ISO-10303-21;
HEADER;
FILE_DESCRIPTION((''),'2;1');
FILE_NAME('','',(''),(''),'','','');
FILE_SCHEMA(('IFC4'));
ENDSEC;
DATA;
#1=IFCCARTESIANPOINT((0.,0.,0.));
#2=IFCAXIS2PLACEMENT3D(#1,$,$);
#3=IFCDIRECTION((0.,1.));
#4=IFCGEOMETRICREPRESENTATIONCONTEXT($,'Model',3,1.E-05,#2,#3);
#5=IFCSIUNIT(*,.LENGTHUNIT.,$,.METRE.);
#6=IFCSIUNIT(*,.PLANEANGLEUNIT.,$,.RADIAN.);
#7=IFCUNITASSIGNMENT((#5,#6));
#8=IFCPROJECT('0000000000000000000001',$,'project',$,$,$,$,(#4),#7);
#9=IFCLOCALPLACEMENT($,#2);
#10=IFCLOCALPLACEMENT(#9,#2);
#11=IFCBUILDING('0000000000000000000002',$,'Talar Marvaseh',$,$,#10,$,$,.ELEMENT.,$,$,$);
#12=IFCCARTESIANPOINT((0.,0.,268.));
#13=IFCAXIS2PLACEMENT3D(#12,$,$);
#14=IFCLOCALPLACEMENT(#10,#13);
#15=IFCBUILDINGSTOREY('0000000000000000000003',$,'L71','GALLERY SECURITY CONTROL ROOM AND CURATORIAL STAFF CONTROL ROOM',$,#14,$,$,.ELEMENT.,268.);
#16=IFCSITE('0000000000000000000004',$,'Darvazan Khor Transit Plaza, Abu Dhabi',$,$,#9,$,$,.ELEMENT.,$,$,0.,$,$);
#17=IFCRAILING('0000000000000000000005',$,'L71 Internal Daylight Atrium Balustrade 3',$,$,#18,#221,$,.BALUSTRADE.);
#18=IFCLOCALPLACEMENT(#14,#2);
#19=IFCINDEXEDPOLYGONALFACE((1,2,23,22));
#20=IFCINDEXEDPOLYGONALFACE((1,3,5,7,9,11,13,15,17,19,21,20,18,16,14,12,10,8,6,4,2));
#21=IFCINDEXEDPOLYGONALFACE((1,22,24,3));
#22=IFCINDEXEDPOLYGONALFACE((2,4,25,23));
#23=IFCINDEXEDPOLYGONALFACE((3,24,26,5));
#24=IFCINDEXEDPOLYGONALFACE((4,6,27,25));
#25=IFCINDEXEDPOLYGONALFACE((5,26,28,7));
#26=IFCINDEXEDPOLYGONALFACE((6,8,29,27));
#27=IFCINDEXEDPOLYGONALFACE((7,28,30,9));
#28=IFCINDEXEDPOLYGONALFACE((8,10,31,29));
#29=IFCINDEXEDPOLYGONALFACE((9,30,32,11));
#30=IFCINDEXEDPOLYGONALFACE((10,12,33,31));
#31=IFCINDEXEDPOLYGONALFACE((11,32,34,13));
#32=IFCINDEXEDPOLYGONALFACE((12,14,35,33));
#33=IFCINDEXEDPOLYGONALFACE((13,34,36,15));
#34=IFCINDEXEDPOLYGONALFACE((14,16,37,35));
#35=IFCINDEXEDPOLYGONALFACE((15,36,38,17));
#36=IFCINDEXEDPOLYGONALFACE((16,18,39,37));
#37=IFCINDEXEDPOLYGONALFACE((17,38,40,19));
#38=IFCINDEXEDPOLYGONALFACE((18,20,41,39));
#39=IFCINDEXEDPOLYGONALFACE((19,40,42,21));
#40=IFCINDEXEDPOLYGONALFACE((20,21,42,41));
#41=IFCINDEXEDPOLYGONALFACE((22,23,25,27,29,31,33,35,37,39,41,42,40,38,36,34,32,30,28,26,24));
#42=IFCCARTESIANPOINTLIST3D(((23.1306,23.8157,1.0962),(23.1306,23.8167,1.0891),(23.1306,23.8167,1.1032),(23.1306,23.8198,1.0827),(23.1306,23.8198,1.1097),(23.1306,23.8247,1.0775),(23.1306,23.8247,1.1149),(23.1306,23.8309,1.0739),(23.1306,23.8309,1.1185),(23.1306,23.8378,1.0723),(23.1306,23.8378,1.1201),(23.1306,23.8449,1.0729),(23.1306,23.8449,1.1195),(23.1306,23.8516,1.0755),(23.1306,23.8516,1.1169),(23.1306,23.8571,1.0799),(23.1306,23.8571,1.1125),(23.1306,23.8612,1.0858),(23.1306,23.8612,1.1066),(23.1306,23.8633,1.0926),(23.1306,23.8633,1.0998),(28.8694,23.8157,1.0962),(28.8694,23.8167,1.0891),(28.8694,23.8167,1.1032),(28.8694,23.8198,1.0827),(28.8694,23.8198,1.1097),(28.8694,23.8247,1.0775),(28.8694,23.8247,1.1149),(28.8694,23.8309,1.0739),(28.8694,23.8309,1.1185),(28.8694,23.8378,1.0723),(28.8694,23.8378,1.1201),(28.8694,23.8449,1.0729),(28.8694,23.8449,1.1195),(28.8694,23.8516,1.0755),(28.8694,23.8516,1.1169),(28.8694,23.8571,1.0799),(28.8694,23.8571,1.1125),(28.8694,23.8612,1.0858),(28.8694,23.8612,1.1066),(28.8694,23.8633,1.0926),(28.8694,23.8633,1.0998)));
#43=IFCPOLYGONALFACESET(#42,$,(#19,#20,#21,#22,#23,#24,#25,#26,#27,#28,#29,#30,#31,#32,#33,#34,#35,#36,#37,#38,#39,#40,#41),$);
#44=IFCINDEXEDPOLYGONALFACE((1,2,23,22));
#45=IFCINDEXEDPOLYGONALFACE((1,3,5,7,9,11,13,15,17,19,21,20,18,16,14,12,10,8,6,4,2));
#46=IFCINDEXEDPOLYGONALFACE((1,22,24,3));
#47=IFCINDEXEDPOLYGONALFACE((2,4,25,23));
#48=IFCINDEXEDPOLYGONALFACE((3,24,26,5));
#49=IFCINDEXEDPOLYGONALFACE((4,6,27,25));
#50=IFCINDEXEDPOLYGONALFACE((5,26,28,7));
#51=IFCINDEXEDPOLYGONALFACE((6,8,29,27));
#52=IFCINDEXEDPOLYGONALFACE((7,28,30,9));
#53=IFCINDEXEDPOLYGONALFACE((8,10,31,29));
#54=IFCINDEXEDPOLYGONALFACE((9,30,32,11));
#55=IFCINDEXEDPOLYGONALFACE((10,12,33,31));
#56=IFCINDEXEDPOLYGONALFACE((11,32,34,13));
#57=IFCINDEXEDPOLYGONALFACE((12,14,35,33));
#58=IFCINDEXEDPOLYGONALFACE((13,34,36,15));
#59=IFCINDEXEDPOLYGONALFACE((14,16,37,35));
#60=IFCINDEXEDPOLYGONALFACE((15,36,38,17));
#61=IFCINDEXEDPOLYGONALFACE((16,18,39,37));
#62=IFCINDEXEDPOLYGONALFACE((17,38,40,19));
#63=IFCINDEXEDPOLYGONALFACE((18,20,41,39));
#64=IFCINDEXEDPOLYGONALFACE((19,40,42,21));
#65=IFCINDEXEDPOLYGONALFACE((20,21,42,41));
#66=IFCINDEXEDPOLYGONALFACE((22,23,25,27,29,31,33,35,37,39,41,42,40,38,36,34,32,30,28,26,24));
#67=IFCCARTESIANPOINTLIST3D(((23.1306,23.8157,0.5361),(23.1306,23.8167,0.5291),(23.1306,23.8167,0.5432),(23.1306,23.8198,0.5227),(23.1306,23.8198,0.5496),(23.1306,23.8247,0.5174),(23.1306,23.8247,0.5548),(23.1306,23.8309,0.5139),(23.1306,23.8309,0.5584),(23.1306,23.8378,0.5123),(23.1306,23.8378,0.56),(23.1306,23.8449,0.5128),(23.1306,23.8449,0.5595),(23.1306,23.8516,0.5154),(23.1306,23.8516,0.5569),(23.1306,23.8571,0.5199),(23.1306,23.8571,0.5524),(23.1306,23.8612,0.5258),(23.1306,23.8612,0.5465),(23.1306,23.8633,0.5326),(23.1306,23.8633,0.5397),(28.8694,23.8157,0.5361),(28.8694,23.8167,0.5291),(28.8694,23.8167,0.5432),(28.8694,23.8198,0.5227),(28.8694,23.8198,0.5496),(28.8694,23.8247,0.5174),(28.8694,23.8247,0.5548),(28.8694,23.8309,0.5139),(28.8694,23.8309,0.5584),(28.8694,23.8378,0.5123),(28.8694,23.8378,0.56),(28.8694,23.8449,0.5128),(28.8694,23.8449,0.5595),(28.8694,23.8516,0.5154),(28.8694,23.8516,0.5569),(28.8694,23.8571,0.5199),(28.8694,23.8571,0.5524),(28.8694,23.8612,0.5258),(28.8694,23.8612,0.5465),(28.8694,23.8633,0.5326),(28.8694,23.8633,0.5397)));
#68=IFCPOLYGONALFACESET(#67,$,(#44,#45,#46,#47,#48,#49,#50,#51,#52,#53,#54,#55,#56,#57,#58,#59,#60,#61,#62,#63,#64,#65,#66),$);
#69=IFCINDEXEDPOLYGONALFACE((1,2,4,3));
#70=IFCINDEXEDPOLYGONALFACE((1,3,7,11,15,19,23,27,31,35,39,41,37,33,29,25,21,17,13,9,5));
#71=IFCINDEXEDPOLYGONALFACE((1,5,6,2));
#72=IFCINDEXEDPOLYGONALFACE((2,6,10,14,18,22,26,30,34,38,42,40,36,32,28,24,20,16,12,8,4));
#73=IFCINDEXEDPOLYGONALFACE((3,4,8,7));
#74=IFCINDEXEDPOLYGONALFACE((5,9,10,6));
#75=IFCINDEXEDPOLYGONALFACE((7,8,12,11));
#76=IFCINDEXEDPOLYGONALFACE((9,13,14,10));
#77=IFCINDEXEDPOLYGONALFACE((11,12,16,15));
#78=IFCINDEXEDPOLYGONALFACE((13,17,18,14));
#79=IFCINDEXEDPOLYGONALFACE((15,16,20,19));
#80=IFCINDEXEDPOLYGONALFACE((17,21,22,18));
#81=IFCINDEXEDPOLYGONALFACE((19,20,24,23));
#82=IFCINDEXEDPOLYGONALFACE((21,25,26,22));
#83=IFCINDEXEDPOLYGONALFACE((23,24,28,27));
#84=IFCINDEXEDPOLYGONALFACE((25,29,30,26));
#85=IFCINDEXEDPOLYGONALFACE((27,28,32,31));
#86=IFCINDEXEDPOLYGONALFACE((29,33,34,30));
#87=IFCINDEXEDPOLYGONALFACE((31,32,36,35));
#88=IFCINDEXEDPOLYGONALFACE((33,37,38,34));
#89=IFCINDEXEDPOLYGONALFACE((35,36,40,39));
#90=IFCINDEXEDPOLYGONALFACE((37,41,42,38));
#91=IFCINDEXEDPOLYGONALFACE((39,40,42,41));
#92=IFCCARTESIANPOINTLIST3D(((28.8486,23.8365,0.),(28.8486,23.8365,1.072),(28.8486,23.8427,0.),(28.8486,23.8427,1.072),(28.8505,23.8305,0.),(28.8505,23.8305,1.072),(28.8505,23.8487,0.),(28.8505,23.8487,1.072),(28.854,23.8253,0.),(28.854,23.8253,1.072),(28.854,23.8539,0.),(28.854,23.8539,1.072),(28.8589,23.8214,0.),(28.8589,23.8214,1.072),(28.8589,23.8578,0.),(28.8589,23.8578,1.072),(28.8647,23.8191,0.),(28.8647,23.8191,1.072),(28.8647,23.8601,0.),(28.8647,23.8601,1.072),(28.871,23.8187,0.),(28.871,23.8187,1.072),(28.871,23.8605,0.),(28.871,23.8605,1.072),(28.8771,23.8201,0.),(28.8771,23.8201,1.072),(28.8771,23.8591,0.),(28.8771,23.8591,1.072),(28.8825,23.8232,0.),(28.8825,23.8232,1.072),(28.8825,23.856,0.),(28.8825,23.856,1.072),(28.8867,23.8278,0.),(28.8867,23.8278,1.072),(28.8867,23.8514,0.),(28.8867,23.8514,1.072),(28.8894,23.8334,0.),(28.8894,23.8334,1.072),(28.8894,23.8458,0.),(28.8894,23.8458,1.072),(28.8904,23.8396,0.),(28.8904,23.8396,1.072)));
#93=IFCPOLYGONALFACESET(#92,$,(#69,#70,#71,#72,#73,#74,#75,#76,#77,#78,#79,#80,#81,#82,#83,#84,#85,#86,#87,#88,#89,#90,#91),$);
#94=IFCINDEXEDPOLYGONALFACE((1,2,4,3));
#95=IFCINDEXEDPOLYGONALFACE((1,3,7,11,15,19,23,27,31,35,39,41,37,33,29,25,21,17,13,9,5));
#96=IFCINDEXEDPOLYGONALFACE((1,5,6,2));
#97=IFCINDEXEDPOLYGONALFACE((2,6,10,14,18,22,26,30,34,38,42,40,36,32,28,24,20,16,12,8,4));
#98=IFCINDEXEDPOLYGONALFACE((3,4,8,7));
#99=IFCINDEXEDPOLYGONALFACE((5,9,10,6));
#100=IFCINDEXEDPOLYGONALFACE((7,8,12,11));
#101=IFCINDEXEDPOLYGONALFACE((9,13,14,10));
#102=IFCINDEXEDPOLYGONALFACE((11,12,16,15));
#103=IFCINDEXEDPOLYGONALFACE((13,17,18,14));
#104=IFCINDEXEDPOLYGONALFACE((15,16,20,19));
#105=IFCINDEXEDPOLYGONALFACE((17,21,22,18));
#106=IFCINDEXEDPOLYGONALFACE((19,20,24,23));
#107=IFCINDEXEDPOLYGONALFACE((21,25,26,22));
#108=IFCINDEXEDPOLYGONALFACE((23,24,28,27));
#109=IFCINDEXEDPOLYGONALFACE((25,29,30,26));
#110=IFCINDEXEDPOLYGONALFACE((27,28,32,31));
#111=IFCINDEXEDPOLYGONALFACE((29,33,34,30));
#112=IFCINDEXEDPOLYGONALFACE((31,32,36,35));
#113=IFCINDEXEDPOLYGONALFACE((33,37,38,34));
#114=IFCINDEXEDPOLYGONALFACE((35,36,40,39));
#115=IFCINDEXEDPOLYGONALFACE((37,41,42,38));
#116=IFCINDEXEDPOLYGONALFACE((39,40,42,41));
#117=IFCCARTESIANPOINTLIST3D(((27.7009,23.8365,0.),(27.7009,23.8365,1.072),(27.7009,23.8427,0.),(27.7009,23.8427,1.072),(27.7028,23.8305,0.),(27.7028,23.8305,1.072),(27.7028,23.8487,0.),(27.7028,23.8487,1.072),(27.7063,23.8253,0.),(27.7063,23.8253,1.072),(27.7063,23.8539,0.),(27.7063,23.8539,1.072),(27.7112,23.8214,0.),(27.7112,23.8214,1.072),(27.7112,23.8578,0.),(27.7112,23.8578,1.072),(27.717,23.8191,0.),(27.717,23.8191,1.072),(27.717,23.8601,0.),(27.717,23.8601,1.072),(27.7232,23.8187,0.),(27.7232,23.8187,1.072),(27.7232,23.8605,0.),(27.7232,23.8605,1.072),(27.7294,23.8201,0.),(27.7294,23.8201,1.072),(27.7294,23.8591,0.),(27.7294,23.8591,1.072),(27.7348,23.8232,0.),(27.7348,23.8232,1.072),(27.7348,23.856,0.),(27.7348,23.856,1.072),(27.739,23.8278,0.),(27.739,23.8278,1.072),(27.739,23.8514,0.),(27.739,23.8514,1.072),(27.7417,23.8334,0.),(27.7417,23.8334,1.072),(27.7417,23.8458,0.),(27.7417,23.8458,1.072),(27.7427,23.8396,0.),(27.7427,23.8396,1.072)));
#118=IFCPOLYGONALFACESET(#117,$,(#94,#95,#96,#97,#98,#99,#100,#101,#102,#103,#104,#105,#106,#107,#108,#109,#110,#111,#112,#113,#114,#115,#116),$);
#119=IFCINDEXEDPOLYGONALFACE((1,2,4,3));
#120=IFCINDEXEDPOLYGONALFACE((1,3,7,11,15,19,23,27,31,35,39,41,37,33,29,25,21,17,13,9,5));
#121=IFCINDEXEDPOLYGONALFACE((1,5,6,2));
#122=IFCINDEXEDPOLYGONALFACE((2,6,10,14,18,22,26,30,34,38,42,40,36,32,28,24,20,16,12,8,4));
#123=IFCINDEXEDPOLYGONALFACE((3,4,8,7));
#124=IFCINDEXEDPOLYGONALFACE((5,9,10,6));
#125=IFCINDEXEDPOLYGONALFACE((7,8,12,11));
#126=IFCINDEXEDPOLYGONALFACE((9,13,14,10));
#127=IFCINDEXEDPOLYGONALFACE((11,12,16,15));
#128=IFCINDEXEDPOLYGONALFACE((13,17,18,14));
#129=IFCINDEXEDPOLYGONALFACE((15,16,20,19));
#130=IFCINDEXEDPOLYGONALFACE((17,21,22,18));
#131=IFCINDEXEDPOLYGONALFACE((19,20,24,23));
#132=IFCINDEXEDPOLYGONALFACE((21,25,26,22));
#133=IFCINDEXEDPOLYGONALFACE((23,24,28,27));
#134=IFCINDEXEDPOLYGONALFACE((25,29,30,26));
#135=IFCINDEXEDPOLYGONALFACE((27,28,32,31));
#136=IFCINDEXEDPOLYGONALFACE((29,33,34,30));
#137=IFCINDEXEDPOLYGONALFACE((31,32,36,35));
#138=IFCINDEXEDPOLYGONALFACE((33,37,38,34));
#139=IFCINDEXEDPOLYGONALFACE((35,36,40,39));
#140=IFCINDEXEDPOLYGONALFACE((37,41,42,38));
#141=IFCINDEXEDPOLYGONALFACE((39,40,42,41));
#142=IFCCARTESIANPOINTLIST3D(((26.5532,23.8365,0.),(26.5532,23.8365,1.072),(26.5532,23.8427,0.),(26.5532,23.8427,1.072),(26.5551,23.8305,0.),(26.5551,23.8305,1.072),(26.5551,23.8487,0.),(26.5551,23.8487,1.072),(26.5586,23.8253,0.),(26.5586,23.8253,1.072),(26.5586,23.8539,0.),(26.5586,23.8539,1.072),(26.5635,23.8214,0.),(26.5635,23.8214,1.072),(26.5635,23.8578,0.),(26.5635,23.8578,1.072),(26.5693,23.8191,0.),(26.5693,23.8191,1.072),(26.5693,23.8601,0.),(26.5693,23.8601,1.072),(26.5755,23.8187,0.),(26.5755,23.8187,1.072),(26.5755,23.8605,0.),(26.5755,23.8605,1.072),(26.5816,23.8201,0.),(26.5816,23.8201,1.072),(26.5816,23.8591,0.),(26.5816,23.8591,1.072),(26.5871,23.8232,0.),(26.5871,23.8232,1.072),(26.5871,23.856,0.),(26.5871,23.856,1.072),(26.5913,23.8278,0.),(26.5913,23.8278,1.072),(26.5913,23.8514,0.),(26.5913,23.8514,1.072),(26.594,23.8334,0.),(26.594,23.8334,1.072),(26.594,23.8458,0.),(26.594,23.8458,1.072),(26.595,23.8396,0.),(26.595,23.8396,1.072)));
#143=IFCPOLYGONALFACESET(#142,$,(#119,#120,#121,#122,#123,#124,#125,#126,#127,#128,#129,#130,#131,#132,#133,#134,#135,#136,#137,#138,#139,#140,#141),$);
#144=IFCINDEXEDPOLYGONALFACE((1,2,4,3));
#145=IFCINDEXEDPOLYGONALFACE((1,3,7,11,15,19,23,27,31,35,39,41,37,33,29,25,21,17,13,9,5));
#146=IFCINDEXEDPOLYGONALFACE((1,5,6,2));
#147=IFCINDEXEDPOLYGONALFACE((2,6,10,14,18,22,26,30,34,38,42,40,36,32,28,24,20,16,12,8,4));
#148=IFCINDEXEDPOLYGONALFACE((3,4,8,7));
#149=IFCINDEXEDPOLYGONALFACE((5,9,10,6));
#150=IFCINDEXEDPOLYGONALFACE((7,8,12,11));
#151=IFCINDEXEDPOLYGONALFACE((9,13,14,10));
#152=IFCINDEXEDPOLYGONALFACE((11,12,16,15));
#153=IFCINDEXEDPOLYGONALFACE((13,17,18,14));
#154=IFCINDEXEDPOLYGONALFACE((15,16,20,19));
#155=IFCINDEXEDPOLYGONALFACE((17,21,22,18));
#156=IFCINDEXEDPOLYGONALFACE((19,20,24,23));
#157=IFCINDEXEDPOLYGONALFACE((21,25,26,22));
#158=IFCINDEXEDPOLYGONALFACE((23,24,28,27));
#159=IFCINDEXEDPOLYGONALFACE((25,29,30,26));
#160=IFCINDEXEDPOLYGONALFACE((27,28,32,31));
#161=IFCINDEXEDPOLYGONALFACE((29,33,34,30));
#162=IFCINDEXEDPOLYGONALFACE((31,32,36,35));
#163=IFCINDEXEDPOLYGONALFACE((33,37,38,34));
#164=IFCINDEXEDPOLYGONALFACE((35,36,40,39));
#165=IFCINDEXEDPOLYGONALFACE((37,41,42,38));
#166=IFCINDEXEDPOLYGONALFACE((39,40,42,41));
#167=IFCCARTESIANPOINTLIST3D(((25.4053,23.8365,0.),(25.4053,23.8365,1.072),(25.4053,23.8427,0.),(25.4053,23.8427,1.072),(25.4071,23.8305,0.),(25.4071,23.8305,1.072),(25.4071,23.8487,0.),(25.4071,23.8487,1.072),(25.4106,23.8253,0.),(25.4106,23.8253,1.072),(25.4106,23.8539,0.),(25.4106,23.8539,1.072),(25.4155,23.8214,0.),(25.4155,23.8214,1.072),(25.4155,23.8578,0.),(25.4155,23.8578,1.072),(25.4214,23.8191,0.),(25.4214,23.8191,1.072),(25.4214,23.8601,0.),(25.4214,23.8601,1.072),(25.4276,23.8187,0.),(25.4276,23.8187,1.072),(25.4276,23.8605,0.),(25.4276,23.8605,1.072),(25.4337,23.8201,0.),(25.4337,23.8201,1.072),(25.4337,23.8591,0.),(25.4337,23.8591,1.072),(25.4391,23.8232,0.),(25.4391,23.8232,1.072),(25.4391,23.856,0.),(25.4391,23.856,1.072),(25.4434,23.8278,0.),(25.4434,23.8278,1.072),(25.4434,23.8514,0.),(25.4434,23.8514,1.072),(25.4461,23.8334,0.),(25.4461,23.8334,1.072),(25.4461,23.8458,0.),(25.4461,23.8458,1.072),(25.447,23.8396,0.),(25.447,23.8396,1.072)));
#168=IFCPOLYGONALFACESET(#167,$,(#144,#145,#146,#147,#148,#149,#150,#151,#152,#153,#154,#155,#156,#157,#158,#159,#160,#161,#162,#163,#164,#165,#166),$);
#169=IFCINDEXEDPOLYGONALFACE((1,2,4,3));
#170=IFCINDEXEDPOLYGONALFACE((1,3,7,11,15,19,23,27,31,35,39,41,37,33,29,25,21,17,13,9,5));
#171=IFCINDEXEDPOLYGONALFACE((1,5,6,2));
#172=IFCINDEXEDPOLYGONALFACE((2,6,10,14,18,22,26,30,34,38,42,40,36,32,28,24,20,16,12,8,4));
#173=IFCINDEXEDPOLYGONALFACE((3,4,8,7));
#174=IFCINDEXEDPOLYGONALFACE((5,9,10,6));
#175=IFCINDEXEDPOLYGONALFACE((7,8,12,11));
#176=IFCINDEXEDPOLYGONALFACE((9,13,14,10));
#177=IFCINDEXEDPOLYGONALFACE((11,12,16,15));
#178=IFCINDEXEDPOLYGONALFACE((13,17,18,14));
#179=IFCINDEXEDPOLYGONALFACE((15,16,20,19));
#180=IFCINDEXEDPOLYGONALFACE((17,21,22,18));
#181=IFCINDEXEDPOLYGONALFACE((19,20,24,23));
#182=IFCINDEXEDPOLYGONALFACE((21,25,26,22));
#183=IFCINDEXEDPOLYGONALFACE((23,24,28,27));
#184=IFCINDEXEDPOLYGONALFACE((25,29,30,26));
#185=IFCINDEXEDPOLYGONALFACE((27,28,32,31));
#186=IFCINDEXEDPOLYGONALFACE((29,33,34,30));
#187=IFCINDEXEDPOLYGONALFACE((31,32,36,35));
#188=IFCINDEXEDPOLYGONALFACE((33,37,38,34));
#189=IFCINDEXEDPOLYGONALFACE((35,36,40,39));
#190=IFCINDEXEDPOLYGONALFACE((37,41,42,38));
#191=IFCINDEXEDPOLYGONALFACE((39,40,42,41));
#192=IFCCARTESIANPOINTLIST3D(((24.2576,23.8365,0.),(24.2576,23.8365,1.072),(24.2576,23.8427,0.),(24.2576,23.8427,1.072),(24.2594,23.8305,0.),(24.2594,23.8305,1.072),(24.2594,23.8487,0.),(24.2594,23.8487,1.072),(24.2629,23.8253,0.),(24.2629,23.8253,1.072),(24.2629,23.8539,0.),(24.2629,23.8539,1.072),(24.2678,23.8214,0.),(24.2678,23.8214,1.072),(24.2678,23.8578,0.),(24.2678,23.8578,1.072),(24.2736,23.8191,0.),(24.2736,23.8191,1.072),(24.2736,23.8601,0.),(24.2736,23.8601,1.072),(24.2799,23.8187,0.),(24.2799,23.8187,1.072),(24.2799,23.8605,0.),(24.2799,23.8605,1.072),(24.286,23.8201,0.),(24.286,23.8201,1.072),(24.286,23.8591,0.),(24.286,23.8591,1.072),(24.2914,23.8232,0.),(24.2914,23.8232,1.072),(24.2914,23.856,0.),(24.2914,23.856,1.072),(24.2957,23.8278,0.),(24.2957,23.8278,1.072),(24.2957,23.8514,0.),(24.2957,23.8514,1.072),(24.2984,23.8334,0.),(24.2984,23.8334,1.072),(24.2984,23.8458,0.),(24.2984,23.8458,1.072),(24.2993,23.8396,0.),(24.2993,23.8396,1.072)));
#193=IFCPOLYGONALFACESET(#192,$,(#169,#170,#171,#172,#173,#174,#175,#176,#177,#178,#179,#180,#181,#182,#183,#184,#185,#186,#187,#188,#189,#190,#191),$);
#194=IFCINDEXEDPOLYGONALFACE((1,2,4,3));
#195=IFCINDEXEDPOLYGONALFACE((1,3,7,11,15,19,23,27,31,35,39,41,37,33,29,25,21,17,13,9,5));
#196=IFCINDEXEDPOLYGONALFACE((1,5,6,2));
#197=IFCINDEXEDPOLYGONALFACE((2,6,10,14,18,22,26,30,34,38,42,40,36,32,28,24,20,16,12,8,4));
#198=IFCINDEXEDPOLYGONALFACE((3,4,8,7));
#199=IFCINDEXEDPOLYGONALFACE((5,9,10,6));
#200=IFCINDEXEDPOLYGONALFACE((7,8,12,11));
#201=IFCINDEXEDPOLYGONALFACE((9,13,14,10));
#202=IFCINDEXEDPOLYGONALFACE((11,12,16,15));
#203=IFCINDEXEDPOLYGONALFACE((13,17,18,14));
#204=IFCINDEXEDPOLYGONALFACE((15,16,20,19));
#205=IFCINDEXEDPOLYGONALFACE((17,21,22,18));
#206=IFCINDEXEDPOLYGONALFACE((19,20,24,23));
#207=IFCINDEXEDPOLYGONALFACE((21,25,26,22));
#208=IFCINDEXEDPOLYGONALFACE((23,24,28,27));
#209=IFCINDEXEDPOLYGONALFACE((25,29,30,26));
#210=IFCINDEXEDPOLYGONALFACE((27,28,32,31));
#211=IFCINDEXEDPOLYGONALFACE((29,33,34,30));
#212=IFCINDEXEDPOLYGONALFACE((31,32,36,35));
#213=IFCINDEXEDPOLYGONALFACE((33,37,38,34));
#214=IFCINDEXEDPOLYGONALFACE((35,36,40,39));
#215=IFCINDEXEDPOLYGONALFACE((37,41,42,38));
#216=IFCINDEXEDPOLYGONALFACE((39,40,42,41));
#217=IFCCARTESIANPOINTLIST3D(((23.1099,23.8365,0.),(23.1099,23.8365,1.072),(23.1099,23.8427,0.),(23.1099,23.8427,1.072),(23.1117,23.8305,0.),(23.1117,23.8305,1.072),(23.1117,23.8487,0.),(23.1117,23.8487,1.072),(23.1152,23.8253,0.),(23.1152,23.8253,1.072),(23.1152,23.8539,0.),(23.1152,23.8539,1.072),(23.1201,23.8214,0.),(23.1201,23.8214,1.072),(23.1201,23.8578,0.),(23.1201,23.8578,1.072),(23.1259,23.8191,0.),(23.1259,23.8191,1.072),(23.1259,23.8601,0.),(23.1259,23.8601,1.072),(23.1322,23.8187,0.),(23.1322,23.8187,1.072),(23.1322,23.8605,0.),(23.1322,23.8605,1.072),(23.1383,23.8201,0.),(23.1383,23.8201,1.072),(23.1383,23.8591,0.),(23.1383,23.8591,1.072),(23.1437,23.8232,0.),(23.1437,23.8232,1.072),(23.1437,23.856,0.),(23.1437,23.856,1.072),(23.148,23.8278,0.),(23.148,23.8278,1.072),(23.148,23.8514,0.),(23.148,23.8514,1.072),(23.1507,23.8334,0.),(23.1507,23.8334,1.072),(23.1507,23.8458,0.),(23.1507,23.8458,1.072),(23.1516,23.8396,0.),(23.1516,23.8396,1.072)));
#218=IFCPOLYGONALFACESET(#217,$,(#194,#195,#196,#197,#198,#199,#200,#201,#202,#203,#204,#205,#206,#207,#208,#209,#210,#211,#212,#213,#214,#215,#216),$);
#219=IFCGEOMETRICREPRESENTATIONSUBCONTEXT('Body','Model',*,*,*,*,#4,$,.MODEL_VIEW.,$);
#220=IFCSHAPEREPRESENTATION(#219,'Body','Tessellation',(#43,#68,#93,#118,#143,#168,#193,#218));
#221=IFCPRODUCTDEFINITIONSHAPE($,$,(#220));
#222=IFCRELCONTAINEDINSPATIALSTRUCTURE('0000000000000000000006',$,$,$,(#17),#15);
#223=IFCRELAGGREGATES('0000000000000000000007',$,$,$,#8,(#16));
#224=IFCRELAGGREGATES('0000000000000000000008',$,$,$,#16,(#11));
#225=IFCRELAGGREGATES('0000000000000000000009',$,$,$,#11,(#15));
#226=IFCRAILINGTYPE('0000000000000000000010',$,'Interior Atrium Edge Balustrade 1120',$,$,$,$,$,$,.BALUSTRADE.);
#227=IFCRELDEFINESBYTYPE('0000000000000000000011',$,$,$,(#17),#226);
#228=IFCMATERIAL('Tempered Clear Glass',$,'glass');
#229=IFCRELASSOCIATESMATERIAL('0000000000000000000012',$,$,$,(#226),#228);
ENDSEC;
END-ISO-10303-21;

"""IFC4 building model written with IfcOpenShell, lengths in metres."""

from ifc_helpers import new_model, si_unit, direction, frame, origin, origin_2d, place, context, subcontext, project, spatial, circle, extrude, material, type_object, element, save


model = new_model("IFC4")

# Units and contexts
model_context = context("Model", 3, precision=1e-05, world=origin(), true_north=direction((0.0, 1.0)))
body_context = subcontext(model_context, "Body", "Model", "MODEL_VIEW")
ifc_project = project(units=[si_unit("LENGTHUNIT", "METRE"), si_unit("PLANEANGLEUNIT", "RADIAN")], contexts=[model_context])

# Site, building, storey
site_placement = place(None, origin())
site = spatial("IfcSite", under=ifc_project, at=site_placement, Name="Darvazan Khor Transit Plaza, Abu Dhabi", CompositionType="ELEMENT", RefElevation=0.0)
building_placement = place(site_placement, origin())
building = spatial("IfcBuilding", under=site, at=building_placement, Name="Talar Marvaseh", CompositionType="ELEMENT")
storey_placement = place(building_placement, frame((0.0, 0.0, 268.0)))
storey = spatial("IfcBuildingStorey", under=building, at=storey_placement, Name="L71", Description="GALLERY SECURITY CONTROL ROOM AND CURATORIAL STAFF CONTROL ROOM", CompositionType="ELEMENT", Elevation=268.0)

# Railing
ifc_material_1 = material(Name="Tempered Clear Glass", Category="glass")
railing_type = type_object("IfcRailingType", Name="Interior Atrium Edge Balustrade 1120", PredefinedType="BALUSTRADE", material=ifc_material_1)
railing_1_placement = place(storey_placement, frame((28.8694, 23.8396, 0.0)))
element("IfcRailing", 1, at=railing_1_placement, inside=storey, type_object=railing_type, Name="L71 Internal Daylight Atrium Balustrade 3", PredefinedType="BALUSTRADE", context=body_context, shape_type="SweptSolid", body=[
    extrude(circle(Radius=0.0239, at=origin_2d()), frame((0.0, 0.0, 1.0962), z_axis=(-1.0, 0.0, 0.0), x_axis=(0.0, -1.0, 0.0)), (0.0, 0.0, 1.0), 5.7388),
    extrude(circle(Radius=0.0239, at=origin_2d()), frame((0.0, 0.0, 0.5361), z_axis=(-1.0, 0.0, 0.0), x_axis=(0.0, -1.0, 0.0)), (0.0, 0.0, 1.0), 5.7388),
    extrude(circle(Radius=0.021, at=origin_2d()), origin(), (0.0, 0.0, 1.0), 1.072),
    extrude(circle(Radius=0.021, at=origin_2d()), frame((-1.1477, 0.0, 0.0)), (0.0, 0.0, 1.0), 1.072),
    extrude(circle(Radius=0.021, at=origin_2d()), frame((-2.2954, 0.0, 0.0)), (0.0, 0.0, 1.0), 1.072),
    extrude(circle(Radius=0.021, at=origin_2d()), frame((-3.4434, 0.0, 0.0)), (0.0, 0.0, 1.0), 1.072),
    extrude(circle(Radius=0.021, at=origin_2d()), frame((-4.5911, 0.0, 0.0)), (0.0, 0.0, 1.0), 1.072),
    extrude(circle(Radius=0.021, at=origin_2d()), frame((-5.7388, 0.0, 0.0)), (0.0, 0.0, 1.0), 1.072),
])

save(model, "model.ifc")
